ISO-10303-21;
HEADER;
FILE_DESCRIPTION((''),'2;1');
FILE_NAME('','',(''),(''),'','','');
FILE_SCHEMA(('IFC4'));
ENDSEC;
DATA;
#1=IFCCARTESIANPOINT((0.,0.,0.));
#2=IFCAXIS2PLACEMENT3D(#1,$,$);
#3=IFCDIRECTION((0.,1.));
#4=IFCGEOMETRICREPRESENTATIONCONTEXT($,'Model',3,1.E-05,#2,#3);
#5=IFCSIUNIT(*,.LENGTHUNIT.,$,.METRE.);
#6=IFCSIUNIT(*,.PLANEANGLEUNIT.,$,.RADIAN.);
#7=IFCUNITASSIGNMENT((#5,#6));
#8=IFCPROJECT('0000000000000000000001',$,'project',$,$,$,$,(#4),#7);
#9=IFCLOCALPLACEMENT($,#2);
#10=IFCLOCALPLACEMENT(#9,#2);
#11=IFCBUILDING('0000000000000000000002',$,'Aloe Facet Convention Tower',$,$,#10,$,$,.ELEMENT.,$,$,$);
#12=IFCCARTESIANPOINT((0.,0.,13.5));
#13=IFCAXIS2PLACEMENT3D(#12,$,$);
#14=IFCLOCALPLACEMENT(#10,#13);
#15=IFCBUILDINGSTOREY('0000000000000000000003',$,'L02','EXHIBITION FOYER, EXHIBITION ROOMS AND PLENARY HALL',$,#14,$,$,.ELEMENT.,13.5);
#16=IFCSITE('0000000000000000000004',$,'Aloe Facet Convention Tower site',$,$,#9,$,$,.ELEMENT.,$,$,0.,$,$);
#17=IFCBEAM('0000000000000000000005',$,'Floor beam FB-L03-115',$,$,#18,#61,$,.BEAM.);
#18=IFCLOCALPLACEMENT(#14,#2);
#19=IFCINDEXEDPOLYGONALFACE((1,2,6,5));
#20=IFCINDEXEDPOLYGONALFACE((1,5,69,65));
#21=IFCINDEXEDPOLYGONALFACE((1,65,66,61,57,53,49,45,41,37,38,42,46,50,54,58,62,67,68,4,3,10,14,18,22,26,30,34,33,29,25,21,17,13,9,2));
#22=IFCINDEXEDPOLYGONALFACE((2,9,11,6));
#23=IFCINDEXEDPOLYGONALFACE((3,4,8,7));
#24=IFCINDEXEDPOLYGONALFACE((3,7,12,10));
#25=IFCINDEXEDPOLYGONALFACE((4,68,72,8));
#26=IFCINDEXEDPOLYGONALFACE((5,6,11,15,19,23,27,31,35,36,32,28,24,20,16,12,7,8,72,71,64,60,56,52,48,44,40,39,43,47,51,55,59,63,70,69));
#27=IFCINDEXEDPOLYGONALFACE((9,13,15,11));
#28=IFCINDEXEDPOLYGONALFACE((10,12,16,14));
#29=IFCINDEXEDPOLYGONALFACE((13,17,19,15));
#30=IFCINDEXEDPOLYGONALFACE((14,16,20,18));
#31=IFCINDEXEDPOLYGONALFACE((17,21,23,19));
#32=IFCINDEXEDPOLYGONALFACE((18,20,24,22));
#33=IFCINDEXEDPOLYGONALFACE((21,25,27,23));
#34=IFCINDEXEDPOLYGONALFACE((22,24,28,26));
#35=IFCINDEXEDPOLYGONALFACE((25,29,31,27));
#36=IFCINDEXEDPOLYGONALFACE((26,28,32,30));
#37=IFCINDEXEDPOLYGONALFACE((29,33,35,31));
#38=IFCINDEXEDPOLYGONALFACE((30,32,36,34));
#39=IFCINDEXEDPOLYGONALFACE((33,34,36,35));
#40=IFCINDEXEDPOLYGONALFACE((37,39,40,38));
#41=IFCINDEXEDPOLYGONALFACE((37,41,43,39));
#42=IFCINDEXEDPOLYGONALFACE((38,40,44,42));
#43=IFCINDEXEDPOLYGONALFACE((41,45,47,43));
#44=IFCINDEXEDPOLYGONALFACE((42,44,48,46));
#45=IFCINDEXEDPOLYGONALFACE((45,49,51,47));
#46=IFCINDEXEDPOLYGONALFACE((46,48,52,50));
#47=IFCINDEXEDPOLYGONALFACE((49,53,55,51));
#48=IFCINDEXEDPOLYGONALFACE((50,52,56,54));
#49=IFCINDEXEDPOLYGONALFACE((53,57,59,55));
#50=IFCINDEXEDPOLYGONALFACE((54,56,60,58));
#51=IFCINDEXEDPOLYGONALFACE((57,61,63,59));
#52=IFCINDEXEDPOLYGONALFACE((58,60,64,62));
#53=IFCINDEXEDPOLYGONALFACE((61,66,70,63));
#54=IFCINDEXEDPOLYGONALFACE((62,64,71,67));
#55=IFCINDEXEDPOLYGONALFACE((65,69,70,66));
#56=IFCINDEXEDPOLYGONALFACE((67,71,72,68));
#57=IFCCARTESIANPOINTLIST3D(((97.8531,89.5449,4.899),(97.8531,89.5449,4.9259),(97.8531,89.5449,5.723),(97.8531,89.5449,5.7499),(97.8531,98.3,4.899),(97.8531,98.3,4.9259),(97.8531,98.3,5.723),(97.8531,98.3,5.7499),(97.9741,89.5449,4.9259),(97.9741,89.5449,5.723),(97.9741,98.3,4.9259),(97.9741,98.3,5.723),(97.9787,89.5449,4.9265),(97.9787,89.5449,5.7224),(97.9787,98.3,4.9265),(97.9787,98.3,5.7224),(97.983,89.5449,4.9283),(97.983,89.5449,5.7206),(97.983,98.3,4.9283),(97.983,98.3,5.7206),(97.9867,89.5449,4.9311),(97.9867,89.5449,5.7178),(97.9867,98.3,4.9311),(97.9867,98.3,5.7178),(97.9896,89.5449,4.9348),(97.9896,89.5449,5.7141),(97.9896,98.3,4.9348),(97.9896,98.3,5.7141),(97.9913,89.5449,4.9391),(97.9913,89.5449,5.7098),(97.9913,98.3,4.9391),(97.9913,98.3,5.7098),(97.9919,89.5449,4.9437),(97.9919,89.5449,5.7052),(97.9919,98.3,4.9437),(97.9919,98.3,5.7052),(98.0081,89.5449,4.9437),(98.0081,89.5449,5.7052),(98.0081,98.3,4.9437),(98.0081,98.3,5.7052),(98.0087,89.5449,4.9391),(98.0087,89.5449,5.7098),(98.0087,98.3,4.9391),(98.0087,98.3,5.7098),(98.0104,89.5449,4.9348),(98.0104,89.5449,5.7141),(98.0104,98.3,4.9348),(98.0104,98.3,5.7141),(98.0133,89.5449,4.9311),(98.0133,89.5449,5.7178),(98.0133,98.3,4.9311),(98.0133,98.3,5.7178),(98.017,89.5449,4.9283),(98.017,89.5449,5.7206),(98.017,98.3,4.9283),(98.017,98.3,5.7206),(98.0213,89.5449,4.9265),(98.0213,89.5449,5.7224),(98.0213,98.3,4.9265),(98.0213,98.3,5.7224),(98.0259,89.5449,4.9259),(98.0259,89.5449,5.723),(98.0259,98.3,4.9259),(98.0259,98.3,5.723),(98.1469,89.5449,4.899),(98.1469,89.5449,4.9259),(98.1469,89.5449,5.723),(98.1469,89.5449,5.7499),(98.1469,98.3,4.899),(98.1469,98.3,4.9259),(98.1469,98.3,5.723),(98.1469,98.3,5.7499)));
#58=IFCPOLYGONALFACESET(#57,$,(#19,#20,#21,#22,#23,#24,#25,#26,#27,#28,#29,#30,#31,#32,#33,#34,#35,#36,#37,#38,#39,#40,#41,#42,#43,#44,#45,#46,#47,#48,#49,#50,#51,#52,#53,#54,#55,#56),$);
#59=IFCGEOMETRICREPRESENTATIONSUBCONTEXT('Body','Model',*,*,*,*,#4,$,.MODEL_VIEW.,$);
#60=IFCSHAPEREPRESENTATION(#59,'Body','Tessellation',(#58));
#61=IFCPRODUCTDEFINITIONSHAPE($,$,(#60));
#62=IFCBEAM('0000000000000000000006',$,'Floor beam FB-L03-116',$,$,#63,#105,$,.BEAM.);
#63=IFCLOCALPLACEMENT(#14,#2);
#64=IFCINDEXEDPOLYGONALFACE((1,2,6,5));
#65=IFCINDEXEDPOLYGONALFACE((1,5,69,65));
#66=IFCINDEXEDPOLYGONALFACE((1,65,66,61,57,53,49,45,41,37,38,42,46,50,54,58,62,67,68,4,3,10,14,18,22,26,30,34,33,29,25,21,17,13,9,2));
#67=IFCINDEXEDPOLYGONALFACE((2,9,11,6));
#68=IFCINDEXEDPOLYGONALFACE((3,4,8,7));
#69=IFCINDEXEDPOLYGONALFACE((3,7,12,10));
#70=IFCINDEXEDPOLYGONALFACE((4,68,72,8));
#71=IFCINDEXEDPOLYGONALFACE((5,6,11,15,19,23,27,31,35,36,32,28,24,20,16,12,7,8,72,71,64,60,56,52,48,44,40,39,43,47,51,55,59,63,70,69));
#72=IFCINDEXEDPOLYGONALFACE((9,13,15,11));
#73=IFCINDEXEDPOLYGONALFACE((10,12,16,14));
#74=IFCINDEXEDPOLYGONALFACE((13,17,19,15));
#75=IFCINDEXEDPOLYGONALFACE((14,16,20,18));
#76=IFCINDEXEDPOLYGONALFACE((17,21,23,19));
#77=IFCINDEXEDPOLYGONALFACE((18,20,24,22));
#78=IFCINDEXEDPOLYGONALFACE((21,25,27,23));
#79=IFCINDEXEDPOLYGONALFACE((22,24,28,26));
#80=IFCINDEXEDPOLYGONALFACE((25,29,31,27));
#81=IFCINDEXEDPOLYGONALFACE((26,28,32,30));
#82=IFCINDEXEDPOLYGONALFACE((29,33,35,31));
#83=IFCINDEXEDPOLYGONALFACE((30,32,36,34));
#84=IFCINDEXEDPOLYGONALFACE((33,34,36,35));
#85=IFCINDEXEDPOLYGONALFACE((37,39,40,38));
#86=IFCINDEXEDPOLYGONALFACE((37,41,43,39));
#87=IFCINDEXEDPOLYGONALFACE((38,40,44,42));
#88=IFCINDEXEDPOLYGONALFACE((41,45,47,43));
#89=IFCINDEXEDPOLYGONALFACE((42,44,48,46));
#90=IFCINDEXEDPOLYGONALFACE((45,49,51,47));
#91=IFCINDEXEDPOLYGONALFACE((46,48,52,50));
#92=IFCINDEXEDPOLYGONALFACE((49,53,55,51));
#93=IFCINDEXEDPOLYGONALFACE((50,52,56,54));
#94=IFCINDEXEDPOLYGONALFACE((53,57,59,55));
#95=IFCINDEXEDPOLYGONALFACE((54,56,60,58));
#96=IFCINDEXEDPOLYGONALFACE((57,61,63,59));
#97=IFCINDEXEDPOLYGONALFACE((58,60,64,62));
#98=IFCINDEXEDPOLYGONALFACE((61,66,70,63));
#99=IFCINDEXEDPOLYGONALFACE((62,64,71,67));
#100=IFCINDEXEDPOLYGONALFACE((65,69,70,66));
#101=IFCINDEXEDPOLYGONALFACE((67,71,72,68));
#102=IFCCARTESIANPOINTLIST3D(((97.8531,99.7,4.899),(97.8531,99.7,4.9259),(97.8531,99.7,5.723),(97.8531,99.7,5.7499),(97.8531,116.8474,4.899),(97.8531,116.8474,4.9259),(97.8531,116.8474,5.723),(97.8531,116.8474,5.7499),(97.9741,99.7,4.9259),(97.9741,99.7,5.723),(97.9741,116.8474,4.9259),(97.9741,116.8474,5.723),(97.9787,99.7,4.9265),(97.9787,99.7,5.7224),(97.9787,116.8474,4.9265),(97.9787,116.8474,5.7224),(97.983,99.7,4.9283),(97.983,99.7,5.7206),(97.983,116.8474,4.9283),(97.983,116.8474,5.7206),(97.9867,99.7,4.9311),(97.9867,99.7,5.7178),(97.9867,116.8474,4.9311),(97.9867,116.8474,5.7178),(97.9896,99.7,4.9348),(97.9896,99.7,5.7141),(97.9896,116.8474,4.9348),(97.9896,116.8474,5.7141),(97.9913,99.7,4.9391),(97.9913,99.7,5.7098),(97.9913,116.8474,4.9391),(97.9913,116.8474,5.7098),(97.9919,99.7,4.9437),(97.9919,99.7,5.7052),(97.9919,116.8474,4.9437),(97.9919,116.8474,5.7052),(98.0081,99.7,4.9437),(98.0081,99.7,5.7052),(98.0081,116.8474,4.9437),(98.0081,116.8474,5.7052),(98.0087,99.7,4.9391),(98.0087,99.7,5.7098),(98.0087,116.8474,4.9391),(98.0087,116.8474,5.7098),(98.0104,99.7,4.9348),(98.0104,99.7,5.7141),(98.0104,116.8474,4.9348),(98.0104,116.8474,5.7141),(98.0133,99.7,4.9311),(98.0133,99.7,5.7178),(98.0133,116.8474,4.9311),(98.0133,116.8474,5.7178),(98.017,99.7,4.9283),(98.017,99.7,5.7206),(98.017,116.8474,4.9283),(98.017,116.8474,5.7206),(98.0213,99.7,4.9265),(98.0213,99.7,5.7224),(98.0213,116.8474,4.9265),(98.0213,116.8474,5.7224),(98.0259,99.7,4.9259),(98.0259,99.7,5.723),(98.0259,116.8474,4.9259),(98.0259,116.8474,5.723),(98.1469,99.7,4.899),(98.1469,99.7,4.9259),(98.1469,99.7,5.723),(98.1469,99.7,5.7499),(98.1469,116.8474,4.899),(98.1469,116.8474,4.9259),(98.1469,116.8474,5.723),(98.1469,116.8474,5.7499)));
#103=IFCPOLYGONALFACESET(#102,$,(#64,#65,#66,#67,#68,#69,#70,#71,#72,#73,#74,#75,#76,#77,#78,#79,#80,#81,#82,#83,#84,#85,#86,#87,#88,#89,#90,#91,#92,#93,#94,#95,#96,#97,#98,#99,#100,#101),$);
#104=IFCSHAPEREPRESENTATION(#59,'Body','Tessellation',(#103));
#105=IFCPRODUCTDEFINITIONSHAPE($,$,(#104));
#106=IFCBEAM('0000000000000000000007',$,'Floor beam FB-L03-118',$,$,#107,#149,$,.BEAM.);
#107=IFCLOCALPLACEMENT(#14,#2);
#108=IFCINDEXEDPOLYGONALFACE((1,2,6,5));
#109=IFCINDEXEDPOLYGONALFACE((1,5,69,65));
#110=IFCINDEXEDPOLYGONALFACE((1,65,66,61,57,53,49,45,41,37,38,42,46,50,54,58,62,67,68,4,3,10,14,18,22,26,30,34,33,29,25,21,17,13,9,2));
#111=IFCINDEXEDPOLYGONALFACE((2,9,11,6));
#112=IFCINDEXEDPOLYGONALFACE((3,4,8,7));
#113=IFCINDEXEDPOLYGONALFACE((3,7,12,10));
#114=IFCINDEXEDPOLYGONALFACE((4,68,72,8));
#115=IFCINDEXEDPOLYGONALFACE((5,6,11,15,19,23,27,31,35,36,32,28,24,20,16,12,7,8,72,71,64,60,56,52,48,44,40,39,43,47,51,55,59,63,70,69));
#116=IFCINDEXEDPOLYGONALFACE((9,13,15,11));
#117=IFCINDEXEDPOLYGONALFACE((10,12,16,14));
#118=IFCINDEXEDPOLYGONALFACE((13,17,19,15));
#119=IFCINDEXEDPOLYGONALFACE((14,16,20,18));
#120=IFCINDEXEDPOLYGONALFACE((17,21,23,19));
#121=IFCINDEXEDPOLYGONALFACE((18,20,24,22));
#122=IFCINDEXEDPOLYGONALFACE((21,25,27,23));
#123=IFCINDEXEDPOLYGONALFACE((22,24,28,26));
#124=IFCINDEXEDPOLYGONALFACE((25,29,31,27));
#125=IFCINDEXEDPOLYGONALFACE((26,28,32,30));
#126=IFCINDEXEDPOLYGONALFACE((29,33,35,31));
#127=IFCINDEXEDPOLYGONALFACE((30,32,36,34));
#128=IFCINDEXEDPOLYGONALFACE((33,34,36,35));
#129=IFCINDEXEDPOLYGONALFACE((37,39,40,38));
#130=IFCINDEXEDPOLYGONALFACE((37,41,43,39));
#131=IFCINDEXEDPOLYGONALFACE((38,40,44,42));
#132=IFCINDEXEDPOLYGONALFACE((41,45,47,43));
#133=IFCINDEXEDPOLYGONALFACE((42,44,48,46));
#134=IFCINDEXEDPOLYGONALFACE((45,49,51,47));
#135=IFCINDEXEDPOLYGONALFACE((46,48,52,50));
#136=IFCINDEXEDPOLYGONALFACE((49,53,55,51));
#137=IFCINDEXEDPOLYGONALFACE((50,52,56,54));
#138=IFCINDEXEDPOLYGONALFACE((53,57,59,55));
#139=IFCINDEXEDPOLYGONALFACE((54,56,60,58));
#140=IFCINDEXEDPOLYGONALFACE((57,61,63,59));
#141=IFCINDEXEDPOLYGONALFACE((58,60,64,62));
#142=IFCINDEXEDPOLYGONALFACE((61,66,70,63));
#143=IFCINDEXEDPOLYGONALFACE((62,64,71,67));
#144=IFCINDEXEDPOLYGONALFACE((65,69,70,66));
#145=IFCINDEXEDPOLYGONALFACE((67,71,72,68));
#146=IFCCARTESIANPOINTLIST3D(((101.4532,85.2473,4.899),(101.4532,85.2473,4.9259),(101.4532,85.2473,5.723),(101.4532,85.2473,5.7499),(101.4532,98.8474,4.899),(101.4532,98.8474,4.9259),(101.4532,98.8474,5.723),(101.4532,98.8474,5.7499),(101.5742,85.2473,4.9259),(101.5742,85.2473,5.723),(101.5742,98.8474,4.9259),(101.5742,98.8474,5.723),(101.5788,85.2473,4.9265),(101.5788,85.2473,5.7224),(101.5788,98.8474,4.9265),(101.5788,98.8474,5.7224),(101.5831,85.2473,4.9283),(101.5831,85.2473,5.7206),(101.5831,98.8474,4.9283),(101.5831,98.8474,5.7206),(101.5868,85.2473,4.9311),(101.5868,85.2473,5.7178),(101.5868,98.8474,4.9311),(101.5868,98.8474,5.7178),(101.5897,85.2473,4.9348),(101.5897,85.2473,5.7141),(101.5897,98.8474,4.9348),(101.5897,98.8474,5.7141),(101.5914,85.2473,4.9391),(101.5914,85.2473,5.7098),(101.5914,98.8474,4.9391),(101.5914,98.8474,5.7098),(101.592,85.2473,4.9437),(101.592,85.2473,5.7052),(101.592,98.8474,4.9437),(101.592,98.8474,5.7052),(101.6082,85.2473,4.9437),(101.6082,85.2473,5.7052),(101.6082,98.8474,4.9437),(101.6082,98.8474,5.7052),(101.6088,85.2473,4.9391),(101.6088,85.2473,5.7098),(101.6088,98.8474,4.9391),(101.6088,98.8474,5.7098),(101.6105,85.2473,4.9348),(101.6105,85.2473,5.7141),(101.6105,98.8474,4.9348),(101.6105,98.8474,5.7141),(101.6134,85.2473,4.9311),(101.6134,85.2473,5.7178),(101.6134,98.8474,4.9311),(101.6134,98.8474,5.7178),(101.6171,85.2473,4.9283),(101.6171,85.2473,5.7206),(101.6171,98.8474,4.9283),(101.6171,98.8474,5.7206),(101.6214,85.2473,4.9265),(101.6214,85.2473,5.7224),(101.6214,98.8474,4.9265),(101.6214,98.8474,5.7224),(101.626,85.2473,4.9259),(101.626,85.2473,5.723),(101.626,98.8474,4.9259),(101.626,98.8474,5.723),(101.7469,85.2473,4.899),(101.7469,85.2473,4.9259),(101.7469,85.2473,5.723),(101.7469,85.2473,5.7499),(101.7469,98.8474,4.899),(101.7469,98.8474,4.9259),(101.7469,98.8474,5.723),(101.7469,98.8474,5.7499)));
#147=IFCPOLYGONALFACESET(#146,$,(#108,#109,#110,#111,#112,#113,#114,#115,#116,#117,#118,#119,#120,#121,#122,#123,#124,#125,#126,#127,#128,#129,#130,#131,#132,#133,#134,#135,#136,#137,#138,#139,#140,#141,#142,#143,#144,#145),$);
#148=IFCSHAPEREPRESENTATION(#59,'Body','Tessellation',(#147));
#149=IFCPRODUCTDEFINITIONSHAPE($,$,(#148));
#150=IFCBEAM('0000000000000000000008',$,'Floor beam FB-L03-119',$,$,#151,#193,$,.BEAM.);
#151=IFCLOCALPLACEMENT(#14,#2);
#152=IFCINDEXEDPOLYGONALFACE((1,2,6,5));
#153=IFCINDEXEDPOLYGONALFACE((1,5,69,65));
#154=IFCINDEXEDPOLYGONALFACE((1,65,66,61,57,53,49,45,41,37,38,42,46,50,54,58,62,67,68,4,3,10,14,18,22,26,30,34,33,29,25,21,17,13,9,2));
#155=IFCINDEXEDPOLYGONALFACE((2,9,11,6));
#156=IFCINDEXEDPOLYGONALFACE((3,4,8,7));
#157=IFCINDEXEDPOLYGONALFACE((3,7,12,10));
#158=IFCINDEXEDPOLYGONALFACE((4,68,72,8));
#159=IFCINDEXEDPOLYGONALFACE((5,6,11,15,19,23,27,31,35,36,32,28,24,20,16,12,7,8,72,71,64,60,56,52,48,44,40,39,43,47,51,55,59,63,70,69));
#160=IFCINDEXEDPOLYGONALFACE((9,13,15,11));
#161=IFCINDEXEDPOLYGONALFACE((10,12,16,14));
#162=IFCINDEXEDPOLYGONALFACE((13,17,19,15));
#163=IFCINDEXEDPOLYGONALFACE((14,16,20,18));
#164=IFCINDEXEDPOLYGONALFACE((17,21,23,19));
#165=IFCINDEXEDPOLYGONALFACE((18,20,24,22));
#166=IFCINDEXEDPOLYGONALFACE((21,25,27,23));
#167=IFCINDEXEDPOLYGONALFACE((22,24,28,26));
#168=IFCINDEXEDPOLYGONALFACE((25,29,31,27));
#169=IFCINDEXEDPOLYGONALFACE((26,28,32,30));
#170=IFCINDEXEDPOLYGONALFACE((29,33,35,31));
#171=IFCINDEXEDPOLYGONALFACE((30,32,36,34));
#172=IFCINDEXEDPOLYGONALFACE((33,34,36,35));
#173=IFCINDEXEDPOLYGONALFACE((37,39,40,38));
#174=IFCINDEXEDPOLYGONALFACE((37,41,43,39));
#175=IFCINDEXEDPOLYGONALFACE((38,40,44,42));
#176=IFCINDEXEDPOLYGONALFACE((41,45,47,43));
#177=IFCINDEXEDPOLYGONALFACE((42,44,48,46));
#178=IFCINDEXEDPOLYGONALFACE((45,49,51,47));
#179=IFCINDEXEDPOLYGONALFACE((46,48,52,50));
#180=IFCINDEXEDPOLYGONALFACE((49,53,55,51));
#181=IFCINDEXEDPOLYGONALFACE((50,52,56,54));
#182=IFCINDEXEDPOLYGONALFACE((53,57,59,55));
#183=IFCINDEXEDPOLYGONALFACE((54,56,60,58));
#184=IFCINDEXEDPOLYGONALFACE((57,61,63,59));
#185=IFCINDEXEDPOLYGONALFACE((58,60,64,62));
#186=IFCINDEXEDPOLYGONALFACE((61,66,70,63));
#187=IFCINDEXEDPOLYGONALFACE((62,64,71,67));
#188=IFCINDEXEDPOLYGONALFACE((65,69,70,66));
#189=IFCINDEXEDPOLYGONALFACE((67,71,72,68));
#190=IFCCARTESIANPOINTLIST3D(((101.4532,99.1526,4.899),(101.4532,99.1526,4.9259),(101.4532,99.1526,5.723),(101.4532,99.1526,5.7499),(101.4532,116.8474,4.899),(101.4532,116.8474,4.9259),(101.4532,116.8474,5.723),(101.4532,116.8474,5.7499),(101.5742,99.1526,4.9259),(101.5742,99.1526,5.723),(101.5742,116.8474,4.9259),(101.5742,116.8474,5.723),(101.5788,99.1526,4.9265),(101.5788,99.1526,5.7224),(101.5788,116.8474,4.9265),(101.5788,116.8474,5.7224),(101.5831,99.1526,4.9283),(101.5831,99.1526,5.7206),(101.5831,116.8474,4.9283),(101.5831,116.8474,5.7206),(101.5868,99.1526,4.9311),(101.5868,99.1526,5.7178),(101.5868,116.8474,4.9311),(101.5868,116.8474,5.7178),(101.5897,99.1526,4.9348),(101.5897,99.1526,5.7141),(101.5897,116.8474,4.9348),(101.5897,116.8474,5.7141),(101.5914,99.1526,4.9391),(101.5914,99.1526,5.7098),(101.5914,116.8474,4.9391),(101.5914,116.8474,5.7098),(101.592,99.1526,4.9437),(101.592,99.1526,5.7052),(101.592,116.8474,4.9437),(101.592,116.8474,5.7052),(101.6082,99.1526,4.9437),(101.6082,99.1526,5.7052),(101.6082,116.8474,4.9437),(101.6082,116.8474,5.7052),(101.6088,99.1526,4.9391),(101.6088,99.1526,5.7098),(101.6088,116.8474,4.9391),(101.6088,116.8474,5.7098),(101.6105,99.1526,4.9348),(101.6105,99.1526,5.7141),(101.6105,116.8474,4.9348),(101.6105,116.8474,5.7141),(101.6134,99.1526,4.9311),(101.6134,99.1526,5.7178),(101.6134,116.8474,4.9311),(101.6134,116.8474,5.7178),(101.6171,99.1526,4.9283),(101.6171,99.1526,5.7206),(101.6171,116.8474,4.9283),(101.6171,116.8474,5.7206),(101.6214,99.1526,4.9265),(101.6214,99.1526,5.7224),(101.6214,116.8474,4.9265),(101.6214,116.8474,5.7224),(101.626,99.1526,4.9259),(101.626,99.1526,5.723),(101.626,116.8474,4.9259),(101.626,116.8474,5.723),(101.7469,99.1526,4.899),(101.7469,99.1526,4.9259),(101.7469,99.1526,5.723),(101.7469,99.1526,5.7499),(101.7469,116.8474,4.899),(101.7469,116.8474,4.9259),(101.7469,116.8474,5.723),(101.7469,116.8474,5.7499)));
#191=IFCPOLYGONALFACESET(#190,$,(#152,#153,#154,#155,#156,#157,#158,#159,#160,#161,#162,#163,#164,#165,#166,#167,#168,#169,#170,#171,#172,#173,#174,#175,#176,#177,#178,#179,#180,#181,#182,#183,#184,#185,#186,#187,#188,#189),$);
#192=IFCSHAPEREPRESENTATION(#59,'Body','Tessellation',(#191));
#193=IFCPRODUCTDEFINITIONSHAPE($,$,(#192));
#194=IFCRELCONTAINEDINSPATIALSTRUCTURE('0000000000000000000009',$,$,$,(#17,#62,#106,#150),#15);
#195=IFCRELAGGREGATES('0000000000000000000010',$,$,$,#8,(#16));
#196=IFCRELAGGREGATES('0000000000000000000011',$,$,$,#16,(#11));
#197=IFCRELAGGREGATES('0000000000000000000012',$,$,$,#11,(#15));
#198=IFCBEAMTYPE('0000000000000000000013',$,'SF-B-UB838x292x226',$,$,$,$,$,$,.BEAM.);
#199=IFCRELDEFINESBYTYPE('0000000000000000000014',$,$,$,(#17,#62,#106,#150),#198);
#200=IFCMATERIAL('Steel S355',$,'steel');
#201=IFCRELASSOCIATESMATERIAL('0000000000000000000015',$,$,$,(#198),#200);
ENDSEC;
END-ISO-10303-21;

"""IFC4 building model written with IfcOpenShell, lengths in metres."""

from ifc_helpers import new_model, si_unit, direction, frame, origin, origin_2d, place, context, subcontext, project, spatial, i_section, extrude, material, material_profile, profile_set, type_object, element, save


model = new_model("IFC4")

# Units and contexts
model_context = context("Model", 3, precision=1e-05, world=origin(), true_north=direction((0.0, 1.0)))
body_context = subcontext(model_context, "Body", "Model", "MODEL_VIEW")
ifc_project = project(units=[si_unit("LENGTHUNIT", "METRE"), si_unit("PLANEANGLEUNIT", "RADIAN")], contexts=[model_context])

# Site, building, storey
site_placement = place(None, origin())
site = spatial("IfcSite", under=ifc_project, at=site_placement, Name="Aloe Facet Convention Tower site", CompositionType="ELEMENT", RefElevation=0.0)
building_placement = place(site_placement, origin())
building = spatial("IfcBuilding", under=site, at=building_placement, Name="Aloe Facet Convention Tower", CompositionType="ELEMENT")
storey_placement = place(building_placement, frame((0.0, 0.0, 13.5)))
storey = spatial("IfcBuildingStorey", under=building, at=storey_placement, Name="L02", Description="EXHIBITION FOYER, EXHIBITION ROOMS AND PLENARY HALL", CompositionType="ELEMENT", Elevation=13.5)

# Beams
ifc_material_1 = material(Name="Steel S355", Category="steel")
ifc_material_profile_1 = material_profile(ifc_material_1, i_section(OverallWidth=0.2937, OverallDepth=0.8508, WebThickness=0.0161, FlangeThickness=0.0269, FilletRadius=0.0178, at=origin_2d()), Name="UB 838x292x226")
ifc_profile_set_1 = profile_set([ifc_material_profile_1], Name="Steel S355")
beam_type_1 = type_object("IfcBeamType", Name="SF-B-UB838x292x226", PredefinedType="BEAM", material=ifc_profile_set_1)
beam_1_placement = place(storey_placement, frame((98.0, 89.5449, 5.3245), z_axis=(0.0, 1.0, 0.0), x_axis=(-1.0, 0.0, 0.0)))
element("IfcBeam", 1, at=beam_1_placement, inside=storey, type_object=beam_type_1, Name="Floor beam FB-L03-115", PredefinedType="BEAM", context=body_context, shape_type="SweptSolid", body=[
    extrude(i_section(OverallWidth=0.2937, OverallDepth=0.8508, WebThickness=0.0161, FlangeThickness=0.0269, FilletRadius=0.0178, at=origin_2d()), origin(), (0.0, 0.0, 1.0), 8.7551),
])
beam_2_placement = place(storey_placement, frame((98.0, 99.7, 5.3245), z_axis=(0.0, 1.0, 0.0), x_axis=(-1.0, 0.0, 0.0)))
element("IfcBeam", 2, at=beam_2_placement, inside=storey, type_object=beam_type_1, Name="Floor beam FB-L03-116", PredefinedType="BEAM", context=body_context, shape_type="SweptSolid", body=[
    extrude(i_section(OverallWidth=0.2937, OverallDepth=0.8508, WebThickness=0.0161, FlangeThickness=0.0269, FilletRadius=0.0178, at=origin_2d()), origin(), (0.0, 0.0, 1.0), 17.1475),
])
beam_3_placement = place(storey_placement, frame((101.6001, 85.2473, 5.3245), z_axis=(0.0, 1.0, 0.0), x_axis=(-1.0, 0.0, 0.0)))
element("IfcBeam", 3, at=beam_3_placement, inside=storey, type_object=beam_type_1, Name="Floor beam FB-L03-118", PredefinedType="BEAM", context=body_context, shape_type="SweptSolid", body=[
    extrude(i_section(OverallWidth=0.2937, OverallDepth=0.8508, WebThickness=0.0161, FlangeThickness=0.0269, FilletRadius=0.0178, at=origin_2d()), origin(), (0.0, 0.0, 1.0), 13.6001),
])
beam_4_placement = place(storey_placement, frame((101.6001, 99.1526, 5.3245), z_axis=(0.0, 1.0, 0.0), x_axis=(-1.0, 0.0, 0.0)))
element("IfcBeam", 4, at=beam_4_placement, inside=storey, type_object=beam_type_1, Name="Floor beam FB-L03-119", PredefinedType="BEAM", context=body_context, shape_type="SweptSolid", body=[
    extrude(i_section(OverallWidth=0.2937, OverallDepth=0.8508, WebThickness=0.0161, FlangeThickness=0.0269, FilletRadius=0.0178, at=origin_2d()), origin(), (0.0, 0.0, 1.0), 17.6948),
])

save(model, "model.ifc")
